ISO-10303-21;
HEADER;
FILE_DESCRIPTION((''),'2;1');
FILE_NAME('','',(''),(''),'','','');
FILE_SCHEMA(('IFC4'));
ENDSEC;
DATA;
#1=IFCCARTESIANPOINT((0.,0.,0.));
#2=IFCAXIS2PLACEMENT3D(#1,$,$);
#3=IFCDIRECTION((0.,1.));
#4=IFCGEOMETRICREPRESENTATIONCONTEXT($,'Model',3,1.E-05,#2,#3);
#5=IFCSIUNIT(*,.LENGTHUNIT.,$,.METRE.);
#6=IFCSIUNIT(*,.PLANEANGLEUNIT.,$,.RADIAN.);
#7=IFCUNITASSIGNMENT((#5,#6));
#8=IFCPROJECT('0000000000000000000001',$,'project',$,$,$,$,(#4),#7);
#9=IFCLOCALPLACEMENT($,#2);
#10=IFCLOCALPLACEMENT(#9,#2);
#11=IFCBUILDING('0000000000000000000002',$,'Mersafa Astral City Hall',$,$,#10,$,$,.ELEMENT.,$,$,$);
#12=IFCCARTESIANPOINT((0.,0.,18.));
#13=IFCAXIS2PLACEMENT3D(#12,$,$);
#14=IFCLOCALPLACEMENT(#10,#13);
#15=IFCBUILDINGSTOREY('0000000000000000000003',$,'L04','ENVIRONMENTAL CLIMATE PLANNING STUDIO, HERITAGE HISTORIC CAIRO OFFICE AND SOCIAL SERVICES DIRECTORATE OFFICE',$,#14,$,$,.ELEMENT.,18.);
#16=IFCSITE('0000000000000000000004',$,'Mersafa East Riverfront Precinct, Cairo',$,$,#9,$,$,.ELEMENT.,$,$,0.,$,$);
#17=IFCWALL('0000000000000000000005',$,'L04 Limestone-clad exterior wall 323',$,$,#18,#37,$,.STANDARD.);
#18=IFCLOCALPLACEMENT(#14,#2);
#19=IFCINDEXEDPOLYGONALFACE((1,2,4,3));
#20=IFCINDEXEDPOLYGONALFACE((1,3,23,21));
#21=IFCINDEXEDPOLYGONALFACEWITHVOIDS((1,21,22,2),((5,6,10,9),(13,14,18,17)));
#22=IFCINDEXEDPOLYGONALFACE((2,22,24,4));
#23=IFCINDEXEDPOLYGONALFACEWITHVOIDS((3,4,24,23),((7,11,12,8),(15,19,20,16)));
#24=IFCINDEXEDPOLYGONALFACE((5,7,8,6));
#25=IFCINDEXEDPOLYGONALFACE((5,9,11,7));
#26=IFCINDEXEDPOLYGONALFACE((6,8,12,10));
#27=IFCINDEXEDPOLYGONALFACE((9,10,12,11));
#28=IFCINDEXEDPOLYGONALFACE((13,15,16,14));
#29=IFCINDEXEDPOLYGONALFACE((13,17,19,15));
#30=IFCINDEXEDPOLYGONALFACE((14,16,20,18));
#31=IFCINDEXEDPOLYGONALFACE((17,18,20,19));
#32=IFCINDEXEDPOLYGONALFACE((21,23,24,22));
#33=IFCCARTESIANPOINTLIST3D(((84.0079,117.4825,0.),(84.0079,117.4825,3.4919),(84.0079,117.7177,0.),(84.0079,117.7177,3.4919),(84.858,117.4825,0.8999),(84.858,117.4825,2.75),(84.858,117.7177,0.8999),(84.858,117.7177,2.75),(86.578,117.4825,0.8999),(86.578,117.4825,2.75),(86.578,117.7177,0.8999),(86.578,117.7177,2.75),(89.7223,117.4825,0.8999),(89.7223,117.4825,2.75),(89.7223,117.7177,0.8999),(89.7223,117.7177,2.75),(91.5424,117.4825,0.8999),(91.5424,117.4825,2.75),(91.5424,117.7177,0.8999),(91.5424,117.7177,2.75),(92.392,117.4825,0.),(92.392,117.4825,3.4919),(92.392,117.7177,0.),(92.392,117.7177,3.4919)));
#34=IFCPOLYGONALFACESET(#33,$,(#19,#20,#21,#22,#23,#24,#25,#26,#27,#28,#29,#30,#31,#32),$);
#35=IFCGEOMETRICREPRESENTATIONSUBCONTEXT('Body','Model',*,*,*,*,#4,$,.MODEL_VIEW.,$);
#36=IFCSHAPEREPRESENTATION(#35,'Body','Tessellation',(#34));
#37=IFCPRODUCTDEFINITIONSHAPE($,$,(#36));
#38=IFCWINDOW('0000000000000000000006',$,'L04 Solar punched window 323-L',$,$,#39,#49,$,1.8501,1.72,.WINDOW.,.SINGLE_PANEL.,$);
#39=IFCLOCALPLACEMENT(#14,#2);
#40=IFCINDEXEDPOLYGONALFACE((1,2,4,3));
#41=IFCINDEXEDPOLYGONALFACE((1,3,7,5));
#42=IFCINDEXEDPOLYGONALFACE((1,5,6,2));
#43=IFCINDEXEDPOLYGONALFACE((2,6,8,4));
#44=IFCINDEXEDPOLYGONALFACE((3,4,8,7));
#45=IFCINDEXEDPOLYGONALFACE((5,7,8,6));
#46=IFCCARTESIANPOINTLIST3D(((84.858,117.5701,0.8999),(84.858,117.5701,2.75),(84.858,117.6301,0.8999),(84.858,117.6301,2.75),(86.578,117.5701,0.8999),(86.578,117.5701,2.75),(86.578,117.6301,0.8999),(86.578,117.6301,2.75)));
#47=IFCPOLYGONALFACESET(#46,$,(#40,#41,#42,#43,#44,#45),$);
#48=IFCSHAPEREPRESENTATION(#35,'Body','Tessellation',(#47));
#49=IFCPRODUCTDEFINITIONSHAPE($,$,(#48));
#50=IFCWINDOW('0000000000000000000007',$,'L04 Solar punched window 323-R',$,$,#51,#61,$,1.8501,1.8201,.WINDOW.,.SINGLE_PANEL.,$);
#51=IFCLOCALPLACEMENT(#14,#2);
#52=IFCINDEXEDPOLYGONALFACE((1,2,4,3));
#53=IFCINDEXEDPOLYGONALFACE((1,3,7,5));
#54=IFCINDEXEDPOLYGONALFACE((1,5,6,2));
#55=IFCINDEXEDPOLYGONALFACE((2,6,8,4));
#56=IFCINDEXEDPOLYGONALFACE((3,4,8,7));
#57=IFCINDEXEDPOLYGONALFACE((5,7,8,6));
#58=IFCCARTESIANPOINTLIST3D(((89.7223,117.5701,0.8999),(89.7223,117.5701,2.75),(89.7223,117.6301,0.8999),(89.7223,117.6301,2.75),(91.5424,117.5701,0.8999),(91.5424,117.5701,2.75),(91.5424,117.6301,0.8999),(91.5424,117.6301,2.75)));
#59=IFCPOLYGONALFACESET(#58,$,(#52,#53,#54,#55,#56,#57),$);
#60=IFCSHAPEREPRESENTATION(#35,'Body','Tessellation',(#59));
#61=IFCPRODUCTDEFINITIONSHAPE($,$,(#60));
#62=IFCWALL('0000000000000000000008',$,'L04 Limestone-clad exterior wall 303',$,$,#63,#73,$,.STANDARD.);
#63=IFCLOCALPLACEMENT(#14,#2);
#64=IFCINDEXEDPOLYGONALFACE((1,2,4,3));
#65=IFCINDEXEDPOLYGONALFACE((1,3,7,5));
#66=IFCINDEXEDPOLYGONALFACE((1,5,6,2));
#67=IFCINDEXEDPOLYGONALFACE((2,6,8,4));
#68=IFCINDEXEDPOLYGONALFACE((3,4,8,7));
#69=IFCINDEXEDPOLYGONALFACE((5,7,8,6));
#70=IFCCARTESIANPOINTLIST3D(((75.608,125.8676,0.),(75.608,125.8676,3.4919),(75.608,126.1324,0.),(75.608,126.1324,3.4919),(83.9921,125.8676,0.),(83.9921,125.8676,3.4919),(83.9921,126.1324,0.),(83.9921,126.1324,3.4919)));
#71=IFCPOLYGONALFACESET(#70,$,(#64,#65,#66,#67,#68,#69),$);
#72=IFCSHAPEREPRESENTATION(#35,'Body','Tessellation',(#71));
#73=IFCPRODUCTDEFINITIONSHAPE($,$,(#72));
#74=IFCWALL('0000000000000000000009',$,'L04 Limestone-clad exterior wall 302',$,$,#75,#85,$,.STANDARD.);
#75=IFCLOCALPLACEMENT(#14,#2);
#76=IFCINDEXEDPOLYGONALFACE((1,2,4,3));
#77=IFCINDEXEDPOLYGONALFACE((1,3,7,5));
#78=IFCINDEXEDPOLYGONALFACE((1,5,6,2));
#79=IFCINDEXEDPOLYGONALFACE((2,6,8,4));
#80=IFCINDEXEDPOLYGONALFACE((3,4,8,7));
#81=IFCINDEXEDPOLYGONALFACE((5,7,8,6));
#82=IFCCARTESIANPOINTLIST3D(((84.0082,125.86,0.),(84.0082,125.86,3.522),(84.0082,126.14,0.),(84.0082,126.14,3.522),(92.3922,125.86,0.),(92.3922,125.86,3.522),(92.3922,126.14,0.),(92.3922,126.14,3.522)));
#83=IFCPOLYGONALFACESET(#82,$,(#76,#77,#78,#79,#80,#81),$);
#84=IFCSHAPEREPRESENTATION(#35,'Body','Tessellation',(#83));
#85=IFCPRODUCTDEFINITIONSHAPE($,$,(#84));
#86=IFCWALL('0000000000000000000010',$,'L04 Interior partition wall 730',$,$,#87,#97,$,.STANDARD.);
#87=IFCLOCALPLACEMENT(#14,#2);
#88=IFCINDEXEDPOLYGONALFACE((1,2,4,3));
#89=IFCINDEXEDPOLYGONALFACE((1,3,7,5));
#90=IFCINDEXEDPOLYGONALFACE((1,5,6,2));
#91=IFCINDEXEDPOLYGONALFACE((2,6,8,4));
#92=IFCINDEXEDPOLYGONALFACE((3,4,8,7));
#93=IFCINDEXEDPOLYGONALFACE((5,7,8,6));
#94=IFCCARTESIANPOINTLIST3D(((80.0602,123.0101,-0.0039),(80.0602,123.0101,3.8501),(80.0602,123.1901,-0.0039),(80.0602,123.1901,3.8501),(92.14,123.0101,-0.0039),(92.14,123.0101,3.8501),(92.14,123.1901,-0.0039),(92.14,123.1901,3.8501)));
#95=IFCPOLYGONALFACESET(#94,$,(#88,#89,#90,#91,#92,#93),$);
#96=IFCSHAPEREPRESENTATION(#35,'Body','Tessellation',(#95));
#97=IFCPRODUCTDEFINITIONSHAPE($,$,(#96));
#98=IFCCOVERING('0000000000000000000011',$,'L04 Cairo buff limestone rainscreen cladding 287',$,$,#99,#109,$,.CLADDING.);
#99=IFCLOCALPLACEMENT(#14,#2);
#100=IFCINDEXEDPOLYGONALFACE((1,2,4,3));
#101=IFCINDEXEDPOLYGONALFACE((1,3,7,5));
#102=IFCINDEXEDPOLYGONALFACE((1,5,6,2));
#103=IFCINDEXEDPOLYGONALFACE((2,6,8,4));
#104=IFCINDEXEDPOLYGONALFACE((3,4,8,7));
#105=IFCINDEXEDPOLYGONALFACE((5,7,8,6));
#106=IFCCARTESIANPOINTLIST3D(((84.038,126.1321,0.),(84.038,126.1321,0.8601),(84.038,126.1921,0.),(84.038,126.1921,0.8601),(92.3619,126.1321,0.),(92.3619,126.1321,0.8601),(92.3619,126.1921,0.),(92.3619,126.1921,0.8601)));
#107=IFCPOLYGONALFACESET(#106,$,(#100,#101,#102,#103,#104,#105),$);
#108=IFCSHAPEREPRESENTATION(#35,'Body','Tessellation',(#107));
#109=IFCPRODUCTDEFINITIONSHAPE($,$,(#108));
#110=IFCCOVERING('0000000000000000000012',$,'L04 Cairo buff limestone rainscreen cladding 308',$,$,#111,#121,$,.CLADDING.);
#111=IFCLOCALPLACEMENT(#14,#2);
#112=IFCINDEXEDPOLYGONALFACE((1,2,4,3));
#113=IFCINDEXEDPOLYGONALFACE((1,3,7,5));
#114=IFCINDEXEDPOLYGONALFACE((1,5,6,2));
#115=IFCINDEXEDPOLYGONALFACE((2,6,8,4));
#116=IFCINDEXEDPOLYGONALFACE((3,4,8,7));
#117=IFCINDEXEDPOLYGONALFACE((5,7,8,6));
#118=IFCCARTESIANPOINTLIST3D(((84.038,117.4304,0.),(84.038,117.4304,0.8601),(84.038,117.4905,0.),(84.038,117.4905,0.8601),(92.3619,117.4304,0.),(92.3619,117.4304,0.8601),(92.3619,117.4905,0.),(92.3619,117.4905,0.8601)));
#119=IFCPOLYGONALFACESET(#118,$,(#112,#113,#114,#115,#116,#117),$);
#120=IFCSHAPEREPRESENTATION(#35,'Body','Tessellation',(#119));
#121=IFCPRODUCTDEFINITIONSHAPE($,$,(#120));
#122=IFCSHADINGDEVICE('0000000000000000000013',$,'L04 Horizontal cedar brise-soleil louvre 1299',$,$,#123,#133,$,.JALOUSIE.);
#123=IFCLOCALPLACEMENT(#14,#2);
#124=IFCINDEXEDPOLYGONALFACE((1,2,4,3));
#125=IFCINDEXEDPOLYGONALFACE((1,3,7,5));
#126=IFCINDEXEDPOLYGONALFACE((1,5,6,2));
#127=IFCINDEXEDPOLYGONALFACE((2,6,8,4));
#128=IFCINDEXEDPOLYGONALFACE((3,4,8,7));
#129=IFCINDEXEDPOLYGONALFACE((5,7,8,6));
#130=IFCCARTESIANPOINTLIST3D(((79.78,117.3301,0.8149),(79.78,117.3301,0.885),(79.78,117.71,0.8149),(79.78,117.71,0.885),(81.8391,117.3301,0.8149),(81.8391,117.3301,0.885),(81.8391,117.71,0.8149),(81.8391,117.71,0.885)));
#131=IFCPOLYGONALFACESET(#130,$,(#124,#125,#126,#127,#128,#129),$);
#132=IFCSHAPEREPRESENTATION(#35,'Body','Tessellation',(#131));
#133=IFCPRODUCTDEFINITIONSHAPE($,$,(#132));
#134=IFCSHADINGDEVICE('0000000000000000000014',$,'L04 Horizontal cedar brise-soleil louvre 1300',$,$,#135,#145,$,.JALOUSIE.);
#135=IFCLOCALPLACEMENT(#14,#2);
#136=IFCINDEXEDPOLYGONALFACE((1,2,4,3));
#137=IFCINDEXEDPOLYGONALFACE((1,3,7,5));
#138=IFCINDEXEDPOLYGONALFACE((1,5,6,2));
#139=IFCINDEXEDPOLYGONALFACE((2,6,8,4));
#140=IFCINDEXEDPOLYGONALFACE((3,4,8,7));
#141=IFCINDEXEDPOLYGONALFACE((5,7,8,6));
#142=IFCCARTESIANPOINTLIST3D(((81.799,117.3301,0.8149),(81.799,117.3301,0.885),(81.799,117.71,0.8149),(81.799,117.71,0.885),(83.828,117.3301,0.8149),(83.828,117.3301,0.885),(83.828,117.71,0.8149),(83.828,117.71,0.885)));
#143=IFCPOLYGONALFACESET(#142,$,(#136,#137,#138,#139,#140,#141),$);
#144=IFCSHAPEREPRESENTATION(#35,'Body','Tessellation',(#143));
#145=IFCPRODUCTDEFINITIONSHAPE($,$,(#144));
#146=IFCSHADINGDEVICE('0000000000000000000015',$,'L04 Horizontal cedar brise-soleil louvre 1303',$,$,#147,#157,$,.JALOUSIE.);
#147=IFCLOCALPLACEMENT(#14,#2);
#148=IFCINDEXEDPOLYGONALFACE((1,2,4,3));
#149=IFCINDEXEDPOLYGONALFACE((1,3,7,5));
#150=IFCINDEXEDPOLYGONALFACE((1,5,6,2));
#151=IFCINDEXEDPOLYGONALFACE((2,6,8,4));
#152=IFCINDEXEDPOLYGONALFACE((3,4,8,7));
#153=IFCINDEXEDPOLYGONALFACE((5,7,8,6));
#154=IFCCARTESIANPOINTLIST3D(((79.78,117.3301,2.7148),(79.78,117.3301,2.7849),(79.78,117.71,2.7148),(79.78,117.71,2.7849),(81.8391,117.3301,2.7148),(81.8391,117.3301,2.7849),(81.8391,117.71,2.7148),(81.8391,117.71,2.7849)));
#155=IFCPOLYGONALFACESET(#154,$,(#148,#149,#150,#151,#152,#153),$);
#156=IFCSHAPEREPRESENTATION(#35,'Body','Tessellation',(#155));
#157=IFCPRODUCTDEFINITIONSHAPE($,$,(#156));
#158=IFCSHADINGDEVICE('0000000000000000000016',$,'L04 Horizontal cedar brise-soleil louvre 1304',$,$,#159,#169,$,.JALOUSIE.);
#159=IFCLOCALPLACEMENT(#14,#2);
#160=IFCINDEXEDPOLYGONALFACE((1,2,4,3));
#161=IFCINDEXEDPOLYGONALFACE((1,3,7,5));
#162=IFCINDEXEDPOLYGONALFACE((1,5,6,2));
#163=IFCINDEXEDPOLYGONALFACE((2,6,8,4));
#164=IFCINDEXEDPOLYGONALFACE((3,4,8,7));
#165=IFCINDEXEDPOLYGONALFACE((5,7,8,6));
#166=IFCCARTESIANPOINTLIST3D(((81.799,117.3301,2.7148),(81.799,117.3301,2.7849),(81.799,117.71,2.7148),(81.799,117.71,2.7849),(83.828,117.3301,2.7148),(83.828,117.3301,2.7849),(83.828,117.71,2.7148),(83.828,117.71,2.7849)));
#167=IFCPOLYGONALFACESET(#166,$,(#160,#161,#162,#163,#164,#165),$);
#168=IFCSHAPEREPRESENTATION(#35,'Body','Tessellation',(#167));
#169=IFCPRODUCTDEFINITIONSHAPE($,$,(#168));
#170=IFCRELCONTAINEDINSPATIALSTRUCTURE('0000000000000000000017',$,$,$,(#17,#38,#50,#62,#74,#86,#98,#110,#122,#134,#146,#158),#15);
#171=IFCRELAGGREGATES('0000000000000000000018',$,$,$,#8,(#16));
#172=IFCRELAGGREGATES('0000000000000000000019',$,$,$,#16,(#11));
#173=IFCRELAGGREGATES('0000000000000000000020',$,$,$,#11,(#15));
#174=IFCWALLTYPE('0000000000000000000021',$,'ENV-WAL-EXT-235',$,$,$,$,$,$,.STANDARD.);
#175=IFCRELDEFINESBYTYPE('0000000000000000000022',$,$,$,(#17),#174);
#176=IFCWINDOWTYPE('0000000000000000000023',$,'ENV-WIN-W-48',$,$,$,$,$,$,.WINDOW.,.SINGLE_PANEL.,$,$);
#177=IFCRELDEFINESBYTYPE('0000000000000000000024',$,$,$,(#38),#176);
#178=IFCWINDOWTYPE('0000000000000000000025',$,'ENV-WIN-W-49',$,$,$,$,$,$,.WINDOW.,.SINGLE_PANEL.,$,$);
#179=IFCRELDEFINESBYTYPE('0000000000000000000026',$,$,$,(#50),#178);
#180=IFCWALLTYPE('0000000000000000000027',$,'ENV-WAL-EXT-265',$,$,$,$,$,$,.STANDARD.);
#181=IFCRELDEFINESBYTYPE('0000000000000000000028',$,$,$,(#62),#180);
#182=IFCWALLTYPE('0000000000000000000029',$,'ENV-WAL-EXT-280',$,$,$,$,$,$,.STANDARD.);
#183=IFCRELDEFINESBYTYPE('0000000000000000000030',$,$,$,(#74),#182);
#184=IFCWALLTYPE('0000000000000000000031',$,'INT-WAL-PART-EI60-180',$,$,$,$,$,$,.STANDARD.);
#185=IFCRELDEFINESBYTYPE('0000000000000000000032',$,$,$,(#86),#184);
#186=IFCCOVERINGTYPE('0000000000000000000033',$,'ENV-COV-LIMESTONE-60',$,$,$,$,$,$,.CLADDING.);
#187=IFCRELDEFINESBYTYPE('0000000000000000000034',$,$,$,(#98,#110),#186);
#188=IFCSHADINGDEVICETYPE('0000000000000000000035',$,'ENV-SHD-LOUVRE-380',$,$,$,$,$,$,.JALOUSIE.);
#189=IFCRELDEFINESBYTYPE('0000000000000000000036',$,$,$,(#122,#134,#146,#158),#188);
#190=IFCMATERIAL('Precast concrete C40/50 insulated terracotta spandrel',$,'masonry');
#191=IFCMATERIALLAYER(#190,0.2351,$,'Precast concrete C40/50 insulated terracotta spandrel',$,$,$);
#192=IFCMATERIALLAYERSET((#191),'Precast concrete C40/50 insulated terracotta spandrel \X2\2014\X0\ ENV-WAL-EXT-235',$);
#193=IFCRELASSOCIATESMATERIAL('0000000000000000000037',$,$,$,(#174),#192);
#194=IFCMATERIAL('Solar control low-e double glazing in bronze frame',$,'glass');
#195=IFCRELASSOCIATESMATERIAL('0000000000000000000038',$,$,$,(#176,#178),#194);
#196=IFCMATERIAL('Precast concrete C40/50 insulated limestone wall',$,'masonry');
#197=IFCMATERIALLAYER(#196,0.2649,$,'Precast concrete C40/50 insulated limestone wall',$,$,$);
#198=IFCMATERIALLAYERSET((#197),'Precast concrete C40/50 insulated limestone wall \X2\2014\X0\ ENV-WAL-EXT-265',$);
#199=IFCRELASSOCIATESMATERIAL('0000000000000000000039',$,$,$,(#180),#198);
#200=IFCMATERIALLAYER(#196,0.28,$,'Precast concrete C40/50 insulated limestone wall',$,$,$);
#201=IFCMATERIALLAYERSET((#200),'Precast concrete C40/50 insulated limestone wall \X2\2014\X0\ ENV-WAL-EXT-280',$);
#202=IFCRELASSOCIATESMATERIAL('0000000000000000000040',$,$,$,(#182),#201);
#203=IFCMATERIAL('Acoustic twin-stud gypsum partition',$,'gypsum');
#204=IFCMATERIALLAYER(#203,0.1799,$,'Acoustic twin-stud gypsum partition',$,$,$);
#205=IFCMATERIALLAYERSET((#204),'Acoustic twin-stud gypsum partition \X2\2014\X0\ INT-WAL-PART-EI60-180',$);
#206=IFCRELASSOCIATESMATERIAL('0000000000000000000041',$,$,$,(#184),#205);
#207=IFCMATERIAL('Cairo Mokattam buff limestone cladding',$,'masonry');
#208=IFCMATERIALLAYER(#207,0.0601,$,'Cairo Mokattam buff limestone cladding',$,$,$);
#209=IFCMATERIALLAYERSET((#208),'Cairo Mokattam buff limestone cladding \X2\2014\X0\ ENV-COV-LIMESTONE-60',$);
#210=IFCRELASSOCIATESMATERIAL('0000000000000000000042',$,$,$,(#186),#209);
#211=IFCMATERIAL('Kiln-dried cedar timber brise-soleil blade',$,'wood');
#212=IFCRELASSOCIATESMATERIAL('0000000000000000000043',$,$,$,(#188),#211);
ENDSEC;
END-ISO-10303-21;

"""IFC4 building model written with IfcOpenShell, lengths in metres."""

from ifc_helpers import new_model, si_unit, direction, frame, frame_2d, origin, origin_2d, place, context, subcontext, project, spatial, rectangle, extrude, material, layer, layer_set, type_object, element, fill, save


model = new_model("IFC4")

# Units and contexts
model_context = context("Model", 3, precision=1e-05, world=origin(), true_north=direction((0.0, 1.0)))
body_context = subcontext(model_context, "Body", "Model", "MODEL_VIEW")
ifc_project = project(units=[si_unit("LENGTHUNIT", "METRE"), si_unit("PLANEANGLEUNIT", "RADIAN")], contexts=[model_context])

# Site, building, storey
site_placement = place(None, origin())
site = spatial("IfcSite", under=ifc_project, at=site_placement, Name="Mersafa East Riverfront Precinct, Cairo", CompositionType="ELEMENT", RefElevation=0.0)
building_placement = place(site_placement, origin())
building = spatial("IfcBuilding", under=site, at=building_placement, Name="Mersafa Astral City Hall", CompositionType="ELEMENT")
storey_placement = place(building_placement, frame((0.0, 0.0, 18.0)))
storey = spatial("IfcBuildingStorey", under=building, at=storey_placement, Name="L04", Description="ENVIRONMENTAL CLIMATE PLANNING STUDIO, HERITAGE HISTORIC CAIRO OFFICE AND SOCIAL SERVICES DIRECTORATE OFFICE", CompositionType="ELEMENT", Elevation=18.0)

# Wall, openings, windows
ifc_material_1 = material(Name="Precast concrete C40/50 insulated terracotta spandrel", Category="masonry")
ifc_layer_1 = layer(ifc_material_1, 0.2351, Name="Precast concrete C40/50 insulated terracotta spandrel")
ifc_layer_set_1 = layer_set([ifc_layer_1], Name="Precast concrete C40/50 insulated terracotta spandrel — ENV-WAL-EXT-235")
wall_type_1 = type_object("IfcWallType", Name="ENV-WAL-EXT-235", PredefinedType="STANDARD", material=ifc_layer_set_1)
wall_1_placement = place(storey_placement, frame((84.0081, 117.6001, 0.0), z_axis=(0.0, 0.0, 1.0), x_axis=(1.0, 0.0, 0.0)))
wall_1 = element("IfcWall", 1, at=wall_1_placement, inside=storey, type_object=wall_type_1, Name="L04 Limestone-clad exterior wall 323", PredefinedType="STANDARD", context=body_context, shape_type="SweptSolid", body=[
    extrude(rectangle(XDim=8.384, YDim=0.2351, at=frame_2d((4.1919, 0.0))), origin(), (0.0, 0.0, 1.0), 3.4919),
])
opening_1_placement = place(wall_1_placement, frame((0.8501, 0.0, 0.8999)))
opening_1 = element("IfcOpeningElement", 2, at=opening_1_placement, cuts=wall_1, PredefinedType="OPENING", context=body_context, shape_type="SweptSolid", body=[
    extrude(rectangle(XDim=1.72, YDim=1.8501, at=frame_2d((0.8599, 0.925))), frame((0.0, 0.1274, 0.0), z_axis=(0.0, -1.0, 0.0), x_axis=(1.0, 0.0, 0.0)), (0.0, 0.0, 1.0), 0.2551),
])
opening_2_placement = place(wall_1_placement, frame((5.7141, 0.0, 0.8999)))
opening_2 = element("IfcOpeningElement", 3, at=opening_2_placement, cuts=wall_1, PredefinedType="OPENING", context=body_context, shape_type="SweptSolid", body=[
    extrude(rectangle(XDim=1.8201, YDim=1.8501, at=frame_2d((0.9102, 0.925))), frame((0.0, 0.1274, 0.0), z_axis=(0.0, -1.0, 0.0), x_axis=(1.0, 0.0, 0.0)), (0.0, 0.0, 1.0), 0.2551),
])
ifc_material_2 = material(Name="Solar control low-e double glazing in bronze frame", Category="glass")
window_type_1 = type_object("IfcWindowType", Name="ENV-WIN-W-48", PartitioningType="SINGLE_PANEL", PredefinedType="WINDOW", material=ifc_material_2)
window_1_placement = place(opening_1_placement, origin())
window_1 = element("IfcWindow", 4, at=window_1_placement, inside=storey, type_object=window_type_1, Name="L04 Solar punched window 323-L", OverallHeight=1.8501, OverallWidth=1.72, PartitioningType="SINGLE_PANEL", PredefinedType="WINDOW", context=body_context, shape_type="SweptSolid", body=[
    extrude(rectangle(XDim=1.72, YDim=1.8501, at=frame_2d((0.8599, 0.925))), frame((0.0, 0.03, 0.0), z_axis=(0.0, -1.0, 0.0), x_axis=(1.0, 0.0, 0.0)), (0.0, 0.0, 1.0), 0.0601),
])
fill(opening_1, window_1)
window_type_2 = type_object("IfcWindowType", Name="ENV-WIN-W-49", PartitioningType="SINGLE_PANEL", PredefinedType="WINDOW", material=ifc_material_2)
window_2_placement = place(opening_2_placement, origin())
window_2 = element("IfcWindow", 5, at=window_2_placement, inside=storey, type_object=window_type_2, Name="L04 Solar punched window 323-R", OverallHeight=1.8501, OverallWidth=1.8201, PartitioningType="SINGLE_PANEL", PredefinedType="WINDOW", context=body_context, shape_type="SweptSolid", body=[
    extrude(rectangle(XDim=1.8201, YDim=1.8501, at=frame_2d((0.9102, 0.925))), frame((0.0, 0.03, 0.0), z_axis=(0.0, -1.0, 0.0), x_axis=(1.0, 0.0, 0.0)), (0.0, 0.0, 1.0), 0.0601),
])
fill(opening_2, window_2)

# Walls
ifc_material_3 = material(Name="Precast concrete C40/50 insulated limestone wall", Category="masonry")
ifc_layer_2 = layer(ifc_material_3, 0.2649, Name="Precast concrete C40/50 insulated limestone wall")
ifc_layer_set_2 = layer_set([ifc_layer_2], Name="Precast concrete C40/50 insulated limestone wall — ENV-WAL-EXT-265")
wall_type_2 = type_object("IfcWallType", Name="ENV-WAL-EXT-265", PredefinedType="STANDARD", material=ifc_layer_set_2)
wall_2_placement = place(storey_placement, frame((83.9919, 126.0, 0.0), z_axis=(0.0, 0.0, 1.0), x_axis=(-1.0, 0.0, 0.0)))
element("IfcWall", 6, at=wall_2_placement, inside=storey, type_object=wall_type_2, Name="L04 Limestone-clad exterior wall 303", PredefinedType="STANDARD", context=body_context, shape_type="SweptSolid", body=[
    extrude(rectangle(XDim=8.384, YDim=0.2649, at=frame_2d((4.1919, 0.0))), origin(), (0.0, 0.0, 1.0), 3.4919),
])
ifc_layer_3 = layer(ifc_material_3, 0.28, Name="Precast concrete C40/50 insulated limestone wall")
ifc_layer_set_3 = layer_set([ifc_layer_3], Name="Precast concrete C40/50 insulated limestone wall — ENV-WAL-EXT-280")
wall_type_3 = type_object("IfcWallType", Name="ENV-WAL-EXT-280", PredefinedType="STANDARD", material=ifc_layer_set_3)
wall_3_placement = place(storey_placement, frame((92.3921, 126.0, 0.0), z_axis=(0.0, 0.0, 1.0), x_axis=(-1.0, 0.0, 0.0)))
element("IfcWall", 7, at=wall_3_placement, inside=storey, type_object=wall_type_3, Name="L04 Limestone-clad exterior wall 302", PredefinedType="STANDARD", context=body_context, shape_type="SweptSolid", body=[
    extrude(rectangle(XDim=8.384, YDim=0.28, at=frame_2d((4.1919, 0.0))), origin(), (0.0, 0.0, 1.0), 3.522),
])
ifc_material_4 = material(Name="Acoustic twin-stud gypsum partition", Category="gypsum")
ifc_layer_4 = layer(ifc_material_4, 0.1799, Name="Acoustic twin-stud gypsum partition")
ifc_layer_set_4 = layer_set([ifc_layer_4], Name="Acoustic twin-stud gypsum partition — INT-WAL-PART-EI60-180")
wall_type_4 = type_object("IfcWallType", Name="INT-WAL-PART-EI60-180", PredefinedType="STANDARD", material=ifc_layer_set_4)
wall_4_placement = place(storey_placement, frame((80.0601, 123.1001, -0.0039), z_axis=(0.0, 0.0, 1.0), x_axis=(1.0, 0.0, 0.0)))
element("IfcWall", 8, at=wall_4_placement, inside=storey, type_object=wall_type_4, Name="L04 Interior partition wall 730", PredefinedType="STANDARD", context=body_context, shape_type="SweptSolid", body=[
    extrude(rectangle(XDim=12.0798, YDim=0.1799, at=frame_2d((6.04, 0.0))), origin(), (0.0, 0.0, 1.0), 3.854),
])

# Coverings
ifc_material_5 = material(Name="Cairo Mokattam buff limestone cladding", Category="masonry")
ifc_layer_5 = layer(ifc_material_5, 0.0601, Name="Cairo Mokattam buff limestone cladding")
ifc_layer_set_5 = layer_set([ifc_layer_5], Name="Cairo Mokattam buff limestone cladding — ENV-COV-LIMESTONE-60")
covering_type = type_object("IfcCoveringType", Name="ENV-COV-LIMESTONE-60", PredefinedType="CLADDING", material=ifc_layer_set_5)
for number, where, z_axis, x_axis, name in (
    (9, (88.2, 126.1621, 0.0), (0.0, 0.0, 1.0), (-1.0, 0.0, 0.0), "L04 Cairo buff limestone rainscreen cladding 287"),
    (10, (88.2, 117.4604, 0.0), (0.0, 0.0, 1.0), (1.0, 0.0, 0.0), "L04 Cairo buff limestone rainscreen cladding 308"),
):
    element("IfcCovering", number, at=place(storey_placement, frame(where, z_axis=z_axis, x_axis=x_axis)), inside=storey, type_object=covering_type, Name=name, PredefinedType="CLADDING", context=body_context, shape_type="SweptSolid", body=[
        extrude(rectangle(XDim=8.324, YDim=0.0601, at=origin_2d()), origin(), (0.0, 0.0, 1.0), 0.8601),
    ])

# Shading devices
ifc_material_6 = material(Name="Kiln-dried cedar timber brise-soleil blade", Category="wood")
shading_device_type = type_object("IfcShadingDeviceType", Name="ENV-SHD-LOUVRE-380", PredefinedType="JALOUSIE", material=ifc_material_6)
shading_device_1_placement = place(storey_placement, frame((80.8096, 117.52, 0.8149), z_axis=(0.0, 0.0, 1.0), x_axis=(1.0, 0.0, 0.0)))
element("IfcShadingDevice", 11, at=shading_device_1_placement, inside=storey, type_object=shading_device_type, Name="L04 Horizontal cedar brise-soleil louvre 1299", PredefinedType="JALOUSIE", context=body_context, shape_type="SweptSolid", body=[
    extrude(rectangle(XDim=2.0591, YDim=0.3799, at=origin_2d()), origin(), (0.0, 0.0, 1.0), 0.0701),
])
shading_device_2_placement = place(storey_placement, frame((82.8135, 117.52, 0.8149), z_axis=(0.0, 0.0, 1.0), x_axis=(1.0, 0.0, 0.0)))
element("IfcShadingDevice", 12, at=shading_device_2_placement, inside=storey, type_object=shading_device_type, Name="L04 Horizontal cedar brise-soleil louvre 1300", PredefinedType="JALOUSIE", context=body_context, shape_type="SweptSolid", body=[
    extrude(rectangle(XDim=2.0291, YDim=0.3799, at=origin_2d()), origin(), (0.0, 0.0, 1.0), 0.0701),
])
shading_device_3_placement = place(storey_placement, frame((80.8096, 117.52, 2.7148), z_axis=(0.0, 0.0, 1.0), x_axis=(1.0, 0.0, 0.0)))
element("IfcShadingDevice", 13, at=shading_device_3_placement, inside=storey, type_object=shading_device_type, Name="L04 Horizontal cedar brise-soleil louvre 1303", PredefinedType="JALOUSIE", context=body_context, shape_type="SweptSolid", body=[
    extrude(rectangle(XDim=2.0591, YDim=0.3799, at=origin_2d()), origin(), (0.0, 0.0, 1.0), 0.0701),
])
shading_device_4_placement = place(storey_placement, frame((82.8135, 117.52, 2.7148), z_axis=(0.0, 0.0, 1.0), x_axis=(1.0, 0.0, 0.0)))
element("IfcShadingDevice", 14, at=shading_device_4_placement, inside=storey, type_object=shading_device_type, Name="L04 Horizontal cedar brise-soleil louvre 1304", PredefinedType="JALOUSIE", context=body_context, shape_type="SweptSolid", body=[
    extrude(rectangle(XDim=2.0291, YDim=0.3799, at=origin_2d()), origin(), (0.0, 0.0, 1.0), 0.0701),
])

save(model, "model.ifc")
